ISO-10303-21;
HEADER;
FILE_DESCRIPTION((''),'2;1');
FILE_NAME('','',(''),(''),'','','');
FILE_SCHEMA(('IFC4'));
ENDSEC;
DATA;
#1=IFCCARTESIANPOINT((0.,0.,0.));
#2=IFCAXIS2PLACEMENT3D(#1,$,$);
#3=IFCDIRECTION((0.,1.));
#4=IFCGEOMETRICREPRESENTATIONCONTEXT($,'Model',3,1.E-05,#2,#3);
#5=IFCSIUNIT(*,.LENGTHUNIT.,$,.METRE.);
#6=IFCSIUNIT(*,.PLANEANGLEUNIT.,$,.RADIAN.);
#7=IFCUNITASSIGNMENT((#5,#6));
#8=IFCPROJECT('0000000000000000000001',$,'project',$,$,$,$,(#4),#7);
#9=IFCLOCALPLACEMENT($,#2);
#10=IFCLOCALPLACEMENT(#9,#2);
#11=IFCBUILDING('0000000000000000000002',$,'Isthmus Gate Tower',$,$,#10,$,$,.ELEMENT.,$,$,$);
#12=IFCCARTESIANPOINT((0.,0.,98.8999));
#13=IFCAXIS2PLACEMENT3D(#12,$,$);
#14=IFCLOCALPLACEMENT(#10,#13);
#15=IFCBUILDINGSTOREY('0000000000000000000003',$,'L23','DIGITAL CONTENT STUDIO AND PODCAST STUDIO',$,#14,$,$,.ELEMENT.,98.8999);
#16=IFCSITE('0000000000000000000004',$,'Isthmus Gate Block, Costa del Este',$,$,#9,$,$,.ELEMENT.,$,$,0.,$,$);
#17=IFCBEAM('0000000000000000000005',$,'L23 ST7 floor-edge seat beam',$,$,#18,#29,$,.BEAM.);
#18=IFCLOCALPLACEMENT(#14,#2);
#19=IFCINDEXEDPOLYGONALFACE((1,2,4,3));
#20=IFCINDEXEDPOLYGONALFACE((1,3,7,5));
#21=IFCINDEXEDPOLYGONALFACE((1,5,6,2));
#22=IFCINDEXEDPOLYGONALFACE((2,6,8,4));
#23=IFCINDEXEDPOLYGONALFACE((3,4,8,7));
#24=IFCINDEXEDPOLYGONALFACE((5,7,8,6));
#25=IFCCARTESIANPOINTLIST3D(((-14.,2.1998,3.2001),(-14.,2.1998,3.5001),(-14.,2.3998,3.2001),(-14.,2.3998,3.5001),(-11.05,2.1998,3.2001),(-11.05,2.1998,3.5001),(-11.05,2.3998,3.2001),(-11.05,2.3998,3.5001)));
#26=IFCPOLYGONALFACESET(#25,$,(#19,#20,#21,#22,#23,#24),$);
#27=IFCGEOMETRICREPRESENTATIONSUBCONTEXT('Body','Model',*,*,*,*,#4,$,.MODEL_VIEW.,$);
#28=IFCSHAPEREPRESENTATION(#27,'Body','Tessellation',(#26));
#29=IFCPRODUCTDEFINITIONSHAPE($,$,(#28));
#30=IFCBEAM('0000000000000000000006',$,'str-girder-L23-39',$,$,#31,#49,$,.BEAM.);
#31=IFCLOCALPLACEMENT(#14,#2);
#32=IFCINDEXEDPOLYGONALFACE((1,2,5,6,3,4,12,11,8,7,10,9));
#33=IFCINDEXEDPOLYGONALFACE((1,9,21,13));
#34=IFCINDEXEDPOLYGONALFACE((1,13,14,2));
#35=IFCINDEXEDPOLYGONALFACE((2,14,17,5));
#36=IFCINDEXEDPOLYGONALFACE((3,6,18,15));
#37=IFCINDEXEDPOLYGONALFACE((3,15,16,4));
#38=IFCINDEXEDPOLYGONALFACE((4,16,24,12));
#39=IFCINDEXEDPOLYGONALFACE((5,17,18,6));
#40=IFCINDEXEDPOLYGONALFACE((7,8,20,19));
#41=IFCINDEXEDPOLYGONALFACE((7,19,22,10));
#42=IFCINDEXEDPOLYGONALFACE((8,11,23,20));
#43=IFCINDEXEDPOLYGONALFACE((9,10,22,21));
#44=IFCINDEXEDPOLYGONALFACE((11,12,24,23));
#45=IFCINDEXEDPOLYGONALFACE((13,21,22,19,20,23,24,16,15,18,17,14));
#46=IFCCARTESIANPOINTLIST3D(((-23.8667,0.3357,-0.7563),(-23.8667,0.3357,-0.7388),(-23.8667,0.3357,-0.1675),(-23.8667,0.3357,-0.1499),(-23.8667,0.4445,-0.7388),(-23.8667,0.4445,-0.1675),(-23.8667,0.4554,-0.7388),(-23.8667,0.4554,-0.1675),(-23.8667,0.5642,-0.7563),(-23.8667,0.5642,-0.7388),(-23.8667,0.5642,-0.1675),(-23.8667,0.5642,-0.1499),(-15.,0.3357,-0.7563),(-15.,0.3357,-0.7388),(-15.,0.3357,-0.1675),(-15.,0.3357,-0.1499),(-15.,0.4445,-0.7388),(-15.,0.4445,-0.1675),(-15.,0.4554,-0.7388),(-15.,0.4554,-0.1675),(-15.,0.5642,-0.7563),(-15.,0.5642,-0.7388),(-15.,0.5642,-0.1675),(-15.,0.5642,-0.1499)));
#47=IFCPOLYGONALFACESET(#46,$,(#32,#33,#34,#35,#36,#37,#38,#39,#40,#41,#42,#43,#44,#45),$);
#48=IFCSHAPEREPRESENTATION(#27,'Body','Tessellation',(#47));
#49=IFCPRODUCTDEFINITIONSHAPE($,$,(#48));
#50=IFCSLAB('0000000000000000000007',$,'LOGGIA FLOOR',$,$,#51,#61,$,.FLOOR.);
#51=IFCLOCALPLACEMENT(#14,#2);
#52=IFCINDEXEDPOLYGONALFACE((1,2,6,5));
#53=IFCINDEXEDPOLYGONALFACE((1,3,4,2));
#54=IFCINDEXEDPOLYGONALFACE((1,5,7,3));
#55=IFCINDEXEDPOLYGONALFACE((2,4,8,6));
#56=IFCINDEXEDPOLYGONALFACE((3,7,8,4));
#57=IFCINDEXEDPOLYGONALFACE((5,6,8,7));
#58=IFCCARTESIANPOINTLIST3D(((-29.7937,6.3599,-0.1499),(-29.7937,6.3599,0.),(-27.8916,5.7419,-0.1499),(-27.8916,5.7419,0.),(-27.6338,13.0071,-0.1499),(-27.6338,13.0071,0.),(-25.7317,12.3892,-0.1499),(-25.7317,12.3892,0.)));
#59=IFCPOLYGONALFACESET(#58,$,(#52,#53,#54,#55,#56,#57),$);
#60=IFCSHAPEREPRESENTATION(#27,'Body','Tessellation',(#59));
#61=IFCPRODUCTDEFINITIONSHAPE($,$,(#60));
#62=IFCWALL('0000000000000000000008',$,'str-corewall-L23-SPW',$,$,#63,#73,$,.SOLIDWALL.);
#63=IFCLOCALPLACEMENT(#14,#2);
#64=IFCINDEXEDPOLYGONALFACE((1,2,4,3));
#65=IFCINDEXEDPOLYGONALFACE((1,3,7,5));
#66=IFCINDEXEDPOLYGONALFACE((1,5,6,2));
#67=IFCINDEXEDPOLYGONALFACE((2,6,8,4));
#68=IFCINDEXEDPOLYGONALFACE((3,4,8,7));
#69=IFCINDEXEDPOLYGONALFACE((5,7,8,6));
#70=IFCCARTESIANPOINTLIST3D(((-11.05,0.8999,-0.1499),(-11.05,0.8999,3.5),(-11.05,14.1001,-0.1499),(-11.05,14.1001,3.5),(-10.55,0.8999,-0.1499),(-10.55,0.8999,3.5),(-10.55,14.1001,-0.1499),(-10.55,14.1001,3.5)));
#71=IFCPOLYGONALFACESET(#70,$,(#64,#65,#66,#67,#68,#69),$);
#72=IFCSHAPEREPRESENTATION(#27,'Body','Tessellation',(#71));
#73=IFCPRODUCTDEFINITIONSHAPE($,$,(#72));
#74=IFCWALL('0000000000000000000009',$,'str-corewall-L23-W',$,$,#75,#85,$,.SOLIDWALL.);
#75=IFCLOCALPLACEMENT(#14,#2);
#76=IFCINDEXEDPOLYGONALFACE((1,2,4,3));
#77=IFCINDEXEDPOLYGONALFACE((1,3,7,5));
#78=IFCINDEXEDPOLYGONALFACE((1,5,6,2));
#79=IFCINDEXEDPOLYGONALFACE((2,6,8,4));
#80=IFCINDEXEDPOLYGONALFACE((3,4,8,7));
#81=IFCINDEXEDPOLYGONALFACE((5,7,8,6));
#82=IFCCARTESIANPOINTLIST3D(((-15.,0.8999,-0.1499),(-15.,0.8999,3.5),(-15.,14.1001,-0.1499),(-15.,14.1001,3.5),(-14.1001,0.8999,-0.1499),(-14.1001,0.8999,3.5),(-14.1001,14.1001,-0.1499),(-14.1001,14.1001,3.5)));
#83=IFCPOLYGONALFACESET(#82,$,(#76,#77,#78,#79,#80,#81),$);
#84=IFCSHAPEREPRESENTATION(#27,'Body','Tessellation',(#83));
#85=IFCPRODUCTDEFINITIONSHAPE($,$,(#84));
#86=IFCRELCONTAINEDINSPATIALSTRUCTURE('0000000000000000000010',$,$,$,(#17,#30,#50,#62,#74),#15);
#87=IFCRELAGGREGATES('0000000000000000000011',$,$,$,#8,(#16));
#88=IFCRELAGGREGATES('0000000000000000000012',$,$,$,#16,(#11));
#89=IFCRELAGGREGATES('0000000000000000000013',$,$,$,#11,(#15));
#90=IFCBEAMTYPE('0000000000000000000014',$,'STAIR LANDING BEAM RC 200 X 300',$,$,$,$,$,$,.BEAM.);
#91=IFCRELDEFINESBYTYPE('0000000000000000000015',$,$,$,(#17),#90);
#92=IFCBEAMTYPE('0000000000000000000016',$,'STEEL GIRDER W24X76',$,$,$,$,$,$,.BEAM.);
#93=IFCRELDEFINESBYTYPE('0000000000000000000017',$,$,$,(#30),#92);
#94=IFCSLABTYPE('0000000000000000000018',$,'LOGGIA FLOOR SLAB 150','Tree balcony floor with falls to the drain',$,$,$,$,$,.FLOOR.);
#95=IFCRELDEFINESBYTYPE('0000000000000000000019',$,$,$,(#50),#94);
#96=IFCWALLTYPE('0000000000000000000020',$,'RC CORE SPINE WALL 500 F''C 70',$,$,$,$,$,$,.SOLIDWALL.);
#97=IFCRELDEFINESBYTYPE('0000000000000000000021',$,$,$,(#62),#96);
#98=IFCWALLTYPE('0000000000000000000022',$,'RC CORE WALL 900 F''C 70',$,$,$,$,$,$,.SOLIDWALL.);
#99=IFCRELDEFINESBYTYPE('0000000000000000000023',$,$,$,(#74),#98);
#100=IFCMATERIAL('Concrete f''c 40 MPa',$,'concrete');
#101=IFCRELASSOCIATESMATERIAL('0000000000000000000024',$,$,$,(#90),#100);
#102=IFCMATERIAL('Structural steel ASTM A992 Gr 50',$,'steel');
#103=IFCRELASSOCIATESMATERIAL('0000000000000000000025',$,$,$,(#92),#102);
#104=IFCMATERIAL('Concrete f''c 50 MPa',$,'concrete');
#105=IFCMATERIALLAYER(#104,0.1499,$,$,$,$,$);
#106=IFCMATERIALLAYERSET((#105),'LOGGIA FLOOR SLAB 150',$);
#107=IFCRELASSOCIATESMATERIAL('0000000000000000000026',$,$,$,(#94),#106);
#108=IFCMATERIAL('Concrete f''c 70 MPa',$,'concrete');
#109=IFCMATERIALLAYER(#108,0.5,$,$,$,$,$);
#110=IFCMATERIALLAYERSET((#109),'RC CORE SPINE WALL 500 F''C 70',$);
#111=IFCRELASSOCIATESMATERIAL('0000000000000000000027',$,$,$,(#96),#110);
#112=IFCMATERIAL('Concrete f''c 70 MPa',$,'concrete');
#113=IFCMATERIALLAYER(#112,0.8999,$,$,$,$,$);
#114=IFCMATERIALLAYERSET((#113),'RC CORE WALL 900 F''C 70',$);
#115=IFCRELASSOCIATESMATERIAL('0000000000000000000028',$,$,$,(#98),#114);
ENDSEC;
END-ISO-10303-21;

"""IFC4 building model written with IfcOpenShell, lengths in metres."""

from ifc_helpers import new_model, si_unit, direction, frame, frame_2d, origin, origin_2d, place, context, subcontext, project, spatial, polyline, rectangle, i_section, outline, extrude, material, layer, layer_set, material_profile, profile_set, type_object, element, save


model = new_model("IFC4")

# Units and contexts
model_context = context("Model", 3, precision=1e-05, world=origin(), true_north=direction((0.0, 1.0)))
body_context = subcontext(model_context, "Body", "Model", "MODEL_VIEW")
ifc_project = project(units=[si_unit("LENGTHUNIT", "METRE"), si_unit("PLANEANGLEUNIT", "RADIAN")], contexts=[model_context])

# Site, building, storey
site_placement = place(None, origin())
site = spatial("IfcSite", under=ifc_project, at=site_placement, Name="Isthmus Gate Block, Costa del Este", CompositionType="ELEMENT", RefElevation=0.0)
building_placement = place(site_placement, origin())
building = spatial("IfcBuilding", under=site, at=building_placement, Name="Isthmus Gate Tower", CompositionType="ELEMENT")
storey_placement = place(building_placement, frame((0.0, 0.0, 98.8999)))
storey = spatial("IfcBuildingStorey", under=building, at=storey_placement, Name="L23", Description="DIGITAL CONTENT STUDIO AND PODCAST STUDIO", CompositionType="ELEMENT", Elevation=98.8999)

# Beams
ifc_material_1 = material(Name="Concrete f'c 40 MPa", Category="concrete")
ifc_material_profile_1 = material_profile(ifc_material_1, rectangle(XDim=0.2, YDim=0.3, at=origin_2d()), Name="STAIR LANDING BEAM RC 200 X 300")
ifc_profile_set_1 = profile_set([ifc_material_profile_1], Name="Concrete f'c 40 MPa")
beam_type_1 = type_object("IfcBeamType", Name="STAIR LANDING BEAM RC 200 X 300", PredefinedType="BEAM", material=ifc_profile_set_1)
beam_1_placement = place(storey_placement, frame((-14.0, 2.2998, 3.3501), z_axis=(1.0, 0.0, 0.0), x_axis=(0.0, 1.0, 0.0)))
element("IfcBeam", 1, at=beam_1_placement, inside=storey, type_object=beam_type_1, Name="L23 ST7 floor-edge seat beam", PredefinedType="BEAM", context=body_context, shape_type="SweptSolid", body=[
    extrude(rectangle(XDim=0.2, YDim=0.3, at=origin_2d()), origin(), (0.0, 0.0, 1.0), 2.95),
])
ifc_material_2 = material(Name="Structural steel ASTM A992 Gr 50", Category="steel")
ifc_material_profile_2 = material_profile(ifc_material_2, i_section(OverallWidth=0.2285, OverallDepth=0.6064, WebThickness=0.011, FlangeThickness=0.0176, at=origin_2d()), Name="W24X76")
ifc_profile_set_2 = profile_set([ifc_material_profile_2], Name="Structural steel ASTM A992 Gr 50")
beam_type_2 = type_object("IfcBeamType", Name="STEEL GIRDER W24X76", PredefinedType="BEAM", material=ifc_profile_set_2)
beam_2_placement = place(storey_placement, frame((-15.0, 0.45, -0.4531), z_axis=(-1.0, 0.0, 0.0), x_axis=(0.0, -1.0, 0.0)))
element("IfcBeam", 2, at=beam_2_placement, inside=storey, type_object=beam_type_2, Name="str-girder-L23-39", PredefinedType="BEAM", context=body_context, shape_type="SweptSolid", body=[
    extrude(i_section(OverallWidth=0.2285, OverallDepth=0.6064, WebThickness=0.011, FlangeThickness=0.0176, at=origin_2d()), origin(), (0.0, 0.0, 1.0), 8.8667),
])

# Slab
ifc_material_3 = material(Name="Concrete f'c 50 MPa", Category="concrete")
ifc_layer_1 = layer(ifc_material_3, 0.1499)
ifc_layer_set_1 = layer_set([ifc_layer_1], Name="LOGGIA FLOOR SLAB 150")
slab_type = type_object("IfcSlabType", Name="LOGGIA FLOOR SLAB 150", Description="Tree balcony floor with falls to the drain", PredefinedType="FLOOR", material=ifc_layer_set_1)
slab_placement = place(storey_placement, frame((0.0, 0.0, -0.1499)))
element("IfcSlab", 3, at=slab_placement, inside=storey, type_object=slab_type, Name="LOGGIA FLOOR", PredefinedType="FLOOR", context=body_context, shape_type="SweptSolid", body=[
    extrude(outline(polyline([(-27.6338, 13.0071), (-29.7937, 6.3599), (-27.8916, 5.7419), (-25.7317, 12.3892), (-27.6338, 13.0071)])), origin(), (0.0, 0.0, 1.0), 0.1499),
])

# Walls
ifc_material_4 = material(Name="Concrete f'c 70 MPa", Category="concrete")
ifc_layer_2 = layer(ifc_material_4, 0.5)
ifc_layer_set_2 = layer_set([ifc_layer_2], Name="RC CORE SPINE WALL 500 F'C 70")
wall_type_1 = type_object("IfcWallType", Name="RC CORE SPINE WALL 500 F'C 70", PredefinedType="SOLIDWALL", material=ifc_layer_set_2)
wall_1_placement = place(storey_placement, frame((-10.8, 0.8999, -0.1499), z_axis=(0.0, 0.0, 1.0), x_axis=(0.0, 1.0, 0.0)))
element("IfcWall", 4, at=wall_1_placement, inside=storey, type_object=wall_type_1, Name="str-corewall-L23-SPW", PredefinedType="SOLIDWALL", context=body_context, shape_type="SweptSolid", body=[
    extrude(rectangle(XDim=13.2002, YDim=0.5, at=frame_2d((6.6001, 0.0))), origin(), (0.0, 0.0, 1.0), 3.6499),
])
ifc_material_5 = material(Name="Concrete f'c 70 MPa", Category="concrete")
ifc_layer_3 = layer(ifc_material_5, 0.8999)
ifc_layer_set_3 = layer_set([ifc_layer_3], Name="RC CORE WALL 900 F'C 70")
wall_type_2 = type_object("IfcWallType", Name="RC CORE WALL 900 F'C 70", PredefinedType="SOLIDWALL", material=ifc_layer_set_3)
wall_2_placement = place(storey_placement, frame((-14.55, 0.8999, -0.1499), z_axis=(0.0, 0.0, 1.0), x_axis=(0.0, 1.0, 0.0)))
element("IfcWall", 5, at=wall_2_placement, inside=storey, type_object=wall_type_2, Name="str-corewall-L23-W", PredefinedType="SOLIDWALL", context=body_context, shape_type="SweptSolid", body=[
    extrude(rectangle(XDim=13.2002, YDim=0.8999, at=frame_2d((6.6001, 0.0))), origin(), (0.0, 0.0, 1.0), 3.6499),
])

save(model, "model.ifc")
